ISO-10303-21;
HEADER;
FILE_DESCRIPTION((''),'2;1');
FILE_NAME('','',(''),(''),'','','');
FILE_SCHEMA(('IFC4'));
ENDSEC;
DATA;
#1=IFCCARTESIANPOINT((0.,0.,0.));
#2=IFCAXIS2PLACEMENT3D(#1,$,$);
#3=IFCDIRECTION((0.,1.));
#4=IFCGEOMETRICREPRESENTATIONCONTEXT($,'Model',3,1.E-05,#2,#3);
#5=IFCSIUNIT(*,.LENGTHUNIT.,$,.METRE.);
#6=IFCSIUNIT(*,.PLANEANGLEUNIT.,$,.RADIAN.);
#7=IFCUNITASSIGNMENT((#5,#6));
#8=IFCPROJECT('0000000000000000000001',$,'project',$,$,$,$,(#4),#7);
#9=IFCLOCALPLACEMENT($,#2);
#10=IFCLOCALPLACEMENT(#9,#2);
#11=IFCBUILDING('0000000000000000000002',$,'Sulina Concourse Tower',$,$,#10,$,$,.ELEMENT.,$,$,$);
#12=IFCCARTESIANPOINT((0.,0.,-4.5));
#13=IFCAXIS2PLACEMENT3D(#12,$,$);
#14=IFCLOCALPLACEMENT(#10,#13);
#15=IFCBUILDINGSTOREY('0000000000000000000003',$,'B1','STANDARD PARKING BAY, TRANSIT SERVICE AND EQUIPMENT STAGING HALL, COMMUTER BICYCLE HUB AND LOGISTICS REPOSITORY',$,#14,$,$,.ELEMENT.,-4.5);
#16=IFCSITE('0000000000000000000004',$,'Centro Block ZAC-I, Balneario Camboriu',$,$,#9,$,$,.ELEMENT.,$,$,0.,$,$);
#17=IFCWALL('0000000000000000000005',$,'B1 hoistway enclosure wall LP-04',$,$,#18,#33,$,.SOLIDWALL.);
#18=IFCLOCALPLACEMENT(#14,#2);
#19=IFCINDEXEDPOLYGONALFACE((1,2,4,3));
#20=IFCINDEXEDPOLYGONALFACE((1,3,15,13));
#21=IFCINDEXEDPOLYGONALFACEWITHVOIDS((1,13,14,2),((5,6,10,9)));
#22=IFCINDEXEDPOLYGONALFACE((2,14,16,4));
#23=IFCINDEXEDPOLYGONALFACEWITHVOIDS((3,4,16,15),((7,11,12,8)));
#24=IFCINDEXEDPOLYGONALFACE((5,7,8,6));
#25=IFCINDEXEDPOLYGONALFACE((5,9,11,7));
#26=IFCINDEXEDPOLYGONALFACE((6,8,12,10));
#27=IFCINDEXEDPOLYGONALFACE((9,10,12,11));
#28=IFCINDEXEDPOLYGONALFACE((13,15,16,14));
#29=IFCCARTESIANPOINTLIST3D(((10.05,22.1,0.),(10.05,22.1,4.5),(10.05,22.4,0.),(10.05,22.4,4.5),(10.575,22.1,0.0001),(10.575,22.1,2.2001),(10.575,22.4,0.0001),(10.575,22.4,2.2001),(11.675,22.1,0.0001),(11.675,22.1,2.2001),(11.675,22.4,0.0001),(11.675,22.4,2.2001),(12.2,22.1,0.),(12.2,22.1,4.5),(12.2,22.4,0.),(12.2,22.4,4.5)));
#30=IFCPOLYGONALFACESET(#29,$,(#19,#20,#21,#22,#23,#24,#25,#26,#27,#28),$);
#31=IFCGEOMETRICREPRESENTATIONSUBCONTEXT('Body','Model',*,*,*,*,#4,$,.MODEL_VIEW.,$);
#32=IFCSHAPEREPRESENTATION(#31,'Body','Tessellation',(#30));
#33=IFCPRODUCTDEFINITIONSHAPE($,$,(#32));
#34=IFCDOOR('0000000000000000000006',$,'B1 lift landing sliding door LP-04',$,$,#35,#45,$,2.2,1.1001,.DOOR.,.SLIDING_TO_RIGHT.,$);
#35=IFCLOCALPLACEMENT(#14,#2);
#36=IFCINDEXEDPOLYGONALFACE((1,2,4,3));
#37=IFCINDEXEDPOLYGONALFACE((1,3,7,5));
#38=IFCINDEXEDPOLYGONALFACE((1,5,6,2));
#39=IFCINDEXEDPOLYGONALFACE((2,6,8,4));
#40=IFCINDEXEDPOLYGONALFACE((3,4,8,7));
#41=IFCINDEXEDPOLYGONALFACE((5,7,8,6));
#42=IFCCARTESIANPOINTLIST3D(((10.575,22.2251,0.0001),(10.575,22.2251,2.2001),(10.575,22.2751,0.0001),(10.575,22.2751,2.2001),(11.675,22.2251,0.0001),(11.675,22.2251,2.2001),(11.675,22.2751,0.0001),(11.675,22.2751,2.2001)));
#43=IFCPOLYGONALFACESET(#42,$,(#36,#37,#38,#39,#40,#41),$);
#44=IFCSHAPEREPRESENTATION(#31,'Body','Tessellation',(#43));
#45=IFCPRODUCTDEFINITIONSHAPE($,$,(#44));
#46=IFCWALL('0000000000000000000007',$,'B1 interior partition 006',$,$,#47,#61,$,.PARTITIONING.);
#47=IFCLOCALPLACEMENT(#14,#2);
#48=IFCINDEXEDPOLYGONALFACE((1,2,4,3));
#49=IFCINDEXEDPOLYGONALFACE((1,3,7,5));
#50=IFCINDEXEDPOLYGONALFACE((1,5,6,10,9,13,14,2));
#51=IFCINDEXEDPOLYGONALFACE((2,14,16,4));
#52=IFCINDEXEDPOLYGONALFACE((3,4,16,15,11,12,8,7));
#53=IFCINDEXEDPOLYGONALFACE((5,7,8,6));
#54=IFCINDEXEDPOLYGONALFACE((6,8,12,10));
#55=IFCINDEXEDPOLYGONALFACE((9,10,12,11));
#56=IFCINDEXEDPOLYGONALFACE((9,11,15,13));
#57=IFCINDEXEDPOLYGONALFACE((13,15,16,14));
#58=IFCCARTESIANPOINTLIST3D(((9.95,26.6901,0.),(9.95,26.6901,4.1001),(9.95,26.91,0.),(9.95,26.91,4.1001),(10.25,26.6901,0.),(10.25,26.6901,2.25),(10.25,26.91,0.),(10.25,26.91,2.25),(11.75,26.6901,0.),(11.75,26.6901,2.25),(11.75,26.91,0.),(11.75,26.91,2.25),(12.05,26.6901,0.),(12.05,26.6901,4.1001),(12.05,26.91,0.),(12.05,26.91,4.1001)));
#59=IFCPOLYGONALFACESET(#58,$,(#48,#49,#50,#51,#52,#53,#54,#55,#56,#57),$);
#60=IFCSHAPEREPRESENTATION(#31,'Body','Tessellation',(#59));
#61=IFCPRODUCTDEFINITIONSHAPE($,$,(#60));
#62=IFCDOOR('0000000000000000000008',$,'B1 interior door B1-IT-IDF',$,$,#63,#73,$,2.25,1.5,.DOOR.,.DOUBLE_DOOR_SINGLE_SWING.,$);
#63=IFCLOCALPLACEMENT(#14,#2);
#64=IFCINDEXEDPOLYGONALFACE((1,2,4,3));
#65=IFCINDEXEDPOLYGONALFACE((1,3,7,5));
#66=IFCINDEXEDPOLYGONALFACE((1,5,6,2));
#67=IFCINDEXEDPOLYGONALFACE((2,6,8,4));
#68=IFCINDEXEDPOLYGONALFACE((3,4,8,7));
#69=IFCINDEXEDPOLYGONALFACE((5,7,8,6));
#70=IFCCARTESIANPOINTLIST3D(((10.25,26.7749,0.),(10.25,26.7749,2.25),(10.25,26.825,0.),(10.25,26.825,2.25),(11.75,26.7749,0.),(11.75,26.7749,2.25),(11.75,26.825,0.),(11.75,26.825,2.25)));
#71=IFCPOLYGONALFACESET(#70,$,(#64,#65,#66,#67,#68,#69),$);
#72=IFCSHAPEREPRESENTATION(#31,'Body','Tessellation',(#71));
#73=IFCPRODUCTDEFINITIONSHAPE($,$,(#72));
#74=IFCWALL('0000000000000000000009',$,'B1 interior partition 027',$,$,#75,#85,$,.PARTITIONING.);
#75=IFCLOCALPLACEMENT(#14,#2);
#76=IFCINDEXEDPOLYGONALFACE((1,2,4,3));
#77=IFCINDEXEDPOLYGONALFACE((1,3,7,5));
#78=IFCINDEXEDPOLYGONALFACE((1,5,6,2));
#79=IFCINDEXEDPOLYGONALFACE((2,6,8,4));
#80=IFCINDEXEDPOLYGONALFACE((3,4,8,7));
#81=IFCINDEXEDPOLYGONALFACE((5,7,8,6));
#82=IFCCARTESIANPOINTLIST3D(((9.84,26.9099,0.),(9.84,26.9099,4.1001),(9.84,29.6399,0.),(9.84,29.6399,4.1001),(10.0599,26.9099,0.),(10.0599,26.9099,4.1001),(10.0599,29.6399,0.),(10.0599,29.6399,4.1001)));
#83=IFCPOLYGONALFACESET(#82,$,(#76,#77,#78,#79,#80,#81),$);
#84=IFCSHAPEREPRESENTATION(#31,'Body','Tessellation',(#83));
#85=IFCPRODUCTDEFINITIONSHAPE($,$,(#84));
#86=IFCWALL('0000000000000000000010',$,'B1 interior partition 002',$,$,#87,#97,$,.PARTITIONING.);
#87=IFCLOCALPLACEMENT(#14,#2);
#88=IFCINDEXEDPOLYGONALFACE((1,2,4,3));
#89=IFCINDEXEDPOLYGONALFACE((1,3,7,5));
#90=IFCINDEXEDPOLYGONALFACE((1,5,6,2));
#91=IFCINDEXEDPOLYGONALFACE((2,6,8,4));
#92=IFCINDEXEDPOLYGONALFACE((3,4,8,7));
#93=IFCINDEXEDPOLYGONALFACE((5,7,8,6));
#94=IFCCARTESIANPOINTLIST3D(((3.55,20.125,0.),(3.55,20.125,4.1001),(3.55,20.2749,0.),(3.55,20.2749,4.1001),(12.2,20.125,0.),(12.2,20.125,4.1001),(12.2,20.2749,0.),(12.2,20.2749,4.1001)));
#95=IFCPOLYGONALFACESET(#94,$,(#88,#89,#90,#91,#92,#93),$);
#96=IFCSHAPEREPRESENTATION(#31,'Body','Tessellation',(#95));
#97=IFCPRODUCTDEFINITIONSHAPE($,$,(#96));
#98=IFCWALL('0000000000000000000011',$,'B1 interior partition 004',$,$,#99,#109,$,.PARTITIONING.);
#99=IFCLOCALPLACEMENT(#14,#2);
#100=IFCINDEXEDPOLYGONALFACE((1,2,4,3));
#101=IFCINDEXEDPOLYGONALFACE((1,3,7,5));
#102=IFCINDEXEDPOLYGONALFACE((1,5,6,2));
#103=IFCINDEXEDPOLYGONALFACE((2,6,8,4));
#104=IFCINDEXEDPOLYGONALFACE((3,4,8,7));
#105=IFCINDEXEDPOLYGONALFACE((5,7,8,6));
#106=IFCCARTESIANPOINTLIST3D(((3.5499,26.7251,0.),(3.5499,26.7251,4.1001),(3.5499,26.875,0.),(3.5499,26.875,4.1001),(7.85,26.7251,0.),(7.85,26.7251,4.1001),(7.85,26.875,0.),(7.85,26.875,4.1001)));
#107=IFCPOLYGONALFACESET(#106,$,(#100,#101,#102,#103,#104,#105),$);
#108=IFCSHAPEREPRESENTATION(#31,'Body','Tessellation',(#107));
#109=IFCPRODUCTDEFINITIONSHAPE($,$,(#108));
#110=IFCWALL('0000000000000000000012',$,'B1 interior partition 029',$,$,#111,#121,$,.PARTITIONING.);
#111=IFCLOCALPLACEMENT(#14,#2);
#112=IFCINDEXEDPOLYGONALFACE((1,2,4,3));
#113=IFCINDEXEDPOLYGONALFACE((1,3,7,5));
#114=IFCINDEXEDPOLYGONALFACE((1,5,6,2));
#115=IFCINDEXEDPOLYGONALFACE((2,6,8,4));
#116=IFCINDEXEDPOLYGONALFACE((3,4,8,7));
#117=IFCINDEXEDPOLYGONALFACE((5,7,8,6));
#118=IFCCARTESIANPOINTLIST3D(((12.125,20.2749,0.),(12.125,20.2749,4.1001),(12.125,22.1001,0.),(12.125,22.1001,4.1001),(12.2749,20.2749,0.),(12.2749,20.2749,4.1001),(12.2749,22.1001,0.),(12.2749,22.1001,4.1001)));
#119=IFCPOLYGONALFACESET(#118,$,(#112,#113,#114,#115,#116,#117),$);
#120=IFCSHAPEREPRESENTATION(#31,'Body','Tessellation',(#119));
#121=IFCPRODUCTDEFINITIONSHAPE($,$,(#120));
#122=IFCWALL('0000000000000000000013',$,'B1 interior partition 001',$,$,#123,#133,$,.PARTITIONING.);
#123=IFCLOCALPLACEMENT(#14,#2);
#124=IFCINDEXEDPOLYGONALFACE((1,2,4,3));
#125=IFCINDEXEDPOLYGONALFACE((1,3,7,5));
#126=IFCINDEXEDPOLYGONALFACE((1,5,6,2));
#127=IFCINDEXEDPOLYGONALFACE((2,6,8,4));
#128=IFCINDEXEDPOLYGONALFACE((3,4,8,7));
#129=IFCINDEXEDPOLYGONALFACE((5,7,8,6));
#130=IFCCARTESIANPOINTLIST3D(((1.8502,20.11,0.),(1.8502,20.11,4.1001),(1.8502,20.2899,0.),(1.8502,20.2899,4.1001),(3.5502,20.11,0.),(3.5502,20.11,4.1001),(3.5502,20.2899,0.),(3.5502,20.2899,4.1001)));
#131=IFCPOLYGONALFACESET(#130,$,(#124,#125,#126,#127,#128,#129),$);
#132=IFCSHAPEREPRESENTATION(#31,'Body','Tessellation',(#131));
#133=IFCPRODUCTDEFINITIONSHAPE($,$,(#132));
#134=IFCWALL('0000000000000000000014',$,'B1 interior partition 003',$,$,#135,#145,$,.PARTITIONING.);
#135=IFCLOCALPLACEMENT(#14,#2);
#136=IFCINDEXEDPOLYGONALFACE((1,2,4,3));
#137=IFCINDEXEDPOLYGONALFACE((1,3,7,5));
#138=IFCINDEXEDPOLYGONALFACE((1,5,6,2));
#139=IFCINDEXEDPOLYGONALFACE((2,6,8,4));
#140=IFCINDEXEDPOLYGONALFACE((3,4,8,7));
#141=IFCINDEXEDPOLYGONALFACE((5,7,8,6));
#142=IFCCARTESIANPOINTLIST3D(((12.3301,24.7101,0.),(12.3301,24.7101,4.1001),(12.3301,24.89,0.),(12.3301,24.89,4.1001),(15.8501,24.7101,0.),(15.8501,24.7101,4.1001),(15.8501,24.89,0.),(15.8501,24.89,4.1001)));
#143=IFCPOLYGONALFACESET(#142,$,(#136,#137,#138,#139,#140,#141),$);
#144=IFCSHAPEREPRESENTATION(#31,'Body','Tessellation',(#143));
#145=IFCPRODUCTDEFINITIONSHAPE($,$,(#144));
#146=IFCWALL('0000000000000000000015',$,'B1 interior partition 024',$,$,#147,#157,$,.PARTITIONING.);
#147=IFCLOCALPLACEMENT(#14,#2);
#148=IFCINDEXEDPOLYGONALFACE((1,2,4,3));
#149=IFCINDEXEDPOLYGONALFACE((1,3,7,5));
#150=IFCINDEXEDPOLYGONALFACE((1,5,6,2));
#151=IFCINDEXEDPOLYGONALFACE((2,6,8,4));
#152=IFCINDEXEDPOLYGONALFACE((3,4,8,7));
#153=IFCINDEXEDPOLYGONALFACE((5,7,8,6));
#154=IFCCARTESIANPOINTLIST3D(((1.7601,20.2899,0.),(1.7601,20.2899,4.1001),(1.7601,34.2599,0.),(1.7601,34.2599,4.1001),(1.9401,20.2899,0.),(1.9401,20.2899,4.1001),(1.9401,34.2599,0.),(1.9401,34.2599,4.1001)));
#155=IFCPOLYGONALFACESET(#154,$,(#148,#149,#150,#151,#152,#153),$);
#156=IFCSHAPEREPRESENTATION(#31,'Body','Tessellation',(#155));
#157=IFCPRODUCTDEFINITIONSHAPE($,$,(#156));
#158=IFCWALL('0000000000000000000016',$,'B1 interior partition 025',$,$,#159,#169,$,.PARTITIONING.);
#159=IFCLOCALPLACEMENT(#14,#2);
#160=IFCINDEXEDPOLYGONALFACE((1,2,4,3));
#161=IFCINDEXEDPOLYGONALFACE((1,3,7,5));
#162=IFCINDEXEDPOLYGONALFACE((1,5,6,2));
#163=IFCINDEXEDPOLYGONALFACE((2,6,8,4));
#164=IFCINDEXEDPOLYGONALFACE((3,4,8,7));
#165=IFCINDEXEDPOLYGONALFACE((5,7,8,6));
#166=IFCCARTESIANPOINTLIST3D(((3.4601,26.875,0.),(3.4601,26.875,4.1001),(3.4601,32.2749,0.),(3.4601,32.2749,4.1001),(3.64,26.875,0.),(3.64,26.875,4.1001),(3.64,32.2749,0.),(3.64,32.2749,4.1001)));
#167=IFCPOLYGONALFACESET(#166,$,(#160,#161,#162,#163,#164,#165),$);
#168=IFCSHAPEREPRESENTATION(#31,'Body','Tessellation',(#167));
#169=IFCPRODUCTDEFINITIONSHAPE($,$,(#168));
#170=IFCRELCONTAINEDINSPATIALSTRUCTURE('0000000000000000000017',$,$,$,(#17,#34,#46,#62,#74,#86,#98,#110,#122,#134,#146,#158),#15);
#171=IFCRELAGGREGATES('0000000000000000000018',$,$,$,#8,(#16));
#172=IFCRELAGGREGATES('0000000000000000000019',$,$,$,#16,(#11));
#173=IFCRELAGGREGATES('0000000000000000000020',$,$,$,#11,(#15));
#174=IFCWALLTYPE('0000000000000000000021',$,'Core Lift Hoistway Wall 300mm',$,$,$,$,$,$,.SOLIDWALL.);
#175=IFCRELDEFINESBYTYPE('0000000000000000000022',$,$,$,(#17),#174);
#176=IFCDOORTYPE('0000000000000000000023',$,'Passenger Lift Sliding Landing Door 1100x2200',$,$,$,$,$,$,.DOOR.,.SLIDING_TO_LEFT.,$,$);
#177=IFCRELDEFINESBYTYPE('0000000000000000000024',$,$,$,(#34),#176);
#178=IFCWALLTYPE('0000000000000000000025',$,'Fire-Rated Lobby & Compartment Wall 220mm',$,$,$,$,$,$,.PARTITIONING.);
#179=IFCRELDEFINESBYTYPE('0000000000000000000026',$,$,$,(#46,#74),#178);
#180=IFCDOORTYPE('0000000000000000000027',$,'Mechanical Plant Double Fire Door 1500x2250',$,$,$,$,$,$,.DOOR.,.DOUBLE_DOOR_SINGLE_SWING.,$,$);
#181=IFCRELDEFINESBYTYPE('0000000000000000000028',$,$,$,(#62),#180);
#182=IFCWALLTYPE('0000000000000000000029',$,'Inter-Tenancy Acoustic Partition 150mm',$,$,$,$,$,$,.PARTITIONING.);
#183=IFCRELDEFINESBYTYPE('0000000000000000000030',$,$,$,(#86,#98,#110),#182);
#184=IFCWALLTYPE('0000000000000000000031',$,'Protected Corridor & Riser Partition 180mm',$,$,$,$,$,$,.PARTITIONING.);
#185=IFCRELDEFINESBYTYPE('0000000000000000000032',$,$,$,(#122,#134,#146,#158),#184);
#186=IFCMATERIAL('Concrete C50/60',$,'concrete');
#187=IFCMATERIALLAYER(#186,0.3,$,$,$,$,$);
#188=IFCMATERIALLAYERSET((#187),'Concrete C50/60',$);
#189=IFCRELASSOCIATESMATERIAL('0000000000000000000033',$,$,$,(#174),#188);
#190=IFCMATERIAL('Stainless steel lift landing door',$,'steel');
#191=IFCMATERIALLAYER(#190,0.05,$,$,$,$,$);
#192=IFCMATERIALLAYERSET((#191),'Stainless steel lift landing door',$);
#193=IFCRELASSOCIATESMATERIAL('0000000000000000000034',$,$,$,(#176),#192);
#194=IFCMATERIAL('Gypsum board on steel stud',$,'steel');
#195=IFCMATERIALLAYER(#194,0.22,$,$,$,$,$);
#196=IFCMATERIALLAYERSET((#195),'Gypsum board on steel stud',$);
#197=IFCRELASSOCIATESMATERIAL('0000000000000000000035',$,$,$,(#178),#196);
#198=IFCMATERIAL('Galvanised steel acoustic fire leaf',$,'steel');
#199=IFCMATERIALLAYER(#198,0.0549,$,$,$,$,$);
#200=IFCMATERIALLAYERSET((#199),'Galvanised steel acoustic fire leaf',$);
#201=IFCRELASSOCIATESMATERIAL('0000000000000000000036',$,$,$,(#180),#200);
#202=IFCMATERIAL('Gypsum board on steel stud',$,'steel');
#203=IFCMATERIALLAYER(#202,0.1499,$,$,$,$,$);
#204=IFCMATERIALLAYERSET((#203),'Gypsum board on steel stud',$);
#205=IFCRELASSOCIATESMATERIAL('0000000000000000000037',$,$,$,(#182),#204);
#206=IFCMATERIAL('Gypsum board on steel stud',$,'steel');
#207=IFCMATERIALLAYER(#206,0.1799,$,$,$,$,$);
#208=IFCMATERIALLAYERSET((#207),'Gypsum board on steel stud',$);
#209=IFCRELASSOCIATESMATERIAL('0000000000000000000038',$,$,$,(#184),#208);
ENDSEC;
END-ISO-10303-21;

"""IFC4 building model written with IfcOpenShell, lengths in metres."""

from ifc_helpers import new_model, si_unit, direction, frame, frame_2d, origin, place, context, subcontext, project, spatial, rectangle, extrude, material, layer, layer_set, type_object, element, fill, save


model = new_model("IFC4")

# Units and contexts
model_context = context("Model", 3, precision=1e-05, world=origin(), true_north=direction((0.0, 1.0)))
body_context = subcontext(model_context, "Body", "Model", "MODEL_VIEW")
ifc_project = project(units=[si_unit("LENGTHUNIT", "METRE"), si_unit("PLANEANGLEUNIT", "RADIAN")], contexts=[model_context])

# Site, building, storey
site_placement = place(None, origin())
site = spatial("IfcSite", under=ifc_project, at=site_placement, Name="Centro Block ZAC-I, Balneario Camboriu", CompositionType="ELEMENT", RefElevation=0.0)
building_placement = place(site_placement, origin())
building = spatial("IfcBuilding", under=site, at=building_placement, Name="Sulina Concourse Tower", CompositionType="ELEMENT")
storey_placement = place(building_placement, frame((0.0, 0.0, -4.5)))
storey = spatial("IfcBuildingStorey", under=building, at=storey_placement, Name="B1", Description="STANDARD PARKING BAY, TRANSIT SERVICE AND EQUIPMENT STAGING HALL, COMMUTER BICYCLE HUB AND LOGISTICS REPOSITORY", CompositionType="ELEMENT", Elevation=-4.5)

# Walls, openings, doors
ifc_material_1 = material(Name="Concrete C50/60", Category="concrete")
ifc_layer_1 = layer(ifc_material_1, 0.3)
ifc_layer_set_1 = layer_set([ifc_layer_1], Name="Concrete C50/60")
wall_type_1 = type_object("IfcWallType", Name="Core Lift Hoistway Wall 300mm", PredefinedType="SOLIDWALL", material=ifc_layer_set_1)
ifc_material_2 = material(Name="Stainless steel lift landing door", Category="steel")
ifc_layer_2 = layer(ifc_material_2, 0.05)
ifc_layer_set_2 = layer_set([ifc_layer_2], Name="Stainless steel lift landing door")
door_type_1 = type_object("IfcDoorType", Name="Passenger Lift Sliding Landing Door 1100x2200", OperationType="SLIDING_TO_LEFT", PredefinedType="DOOR", material=ifc_layer_set_2)
wall_1_placement = place(storey_placement, frame((12.2, 22.25, 0.0), z_axis=(0.0, 0.0, 1.0), x_axis=(-1.0, 0.0, 0.0)))
wall_1 = element("IfcWall", 1, at=wall_1_placement, inside=storey, type_object=wall_type_1, Name="B1 hoistway enclosure wall LP-04", PredefinedType="SOLIDWALL", context=body_context, shape_type="SweptSolid", body=[
    extrude(rectangle(XDim=2.1499, YDim=0.3, at=frame_2d((1.075, 0.0))), origin(), (0.0, 0.0, 1.0), 4.5),
])
opening_1_placement = place(wall_1_placement, frame((0.5249, 0.0, 0.0)))
opening_1 = element("IfcOpeningElement", 2, at=opening_1_placement, cuts=wall_1, PredefinedType="OPENING", context=body_context, shape_type="SweptSolid", body=[
    extrude(rectangle(XDim=1.1001, YDim=2.2, at=frame_2d((0.55, 1.1001))), frame((0.0, 0.1599, 0.0), z_axis=(0.0, -1.0, 0.0), x_axis=(1.0, 0.0, 0.0)), (0.0, 0.0, 1.0), 0.3201),
])
door_1_placement = place(opening_1_placement, origin())
door_1 = element("IfcDoor", 3, at=door_1_placement, inside=storey, type_object=door_type_1, Name="B1 lift landing sliding door LP-04", OperationType="SLIDING_TO_RIGHT", OverallHeight=2.2, OverallWidth=1.1001, PredefinedType="DOOR", context=body_context, shape_type="SweptSolid", body=[
    extrude(rectangle(XDim=1.1001, YDim=2.2, at=frame_2d((0.55, 1.1001))), frame((0.0, 0.0249, 0.0), z_axis=(0.0, -1.0, 0.0), x_axis=(1.0, 0.0, 0.0)), (0.0, 0.0, 1.0), 0.05),
])
fill(opening_1, door_1)
ifc_material_3 = material(Name="Gypsum board on steel stud", Category="steel")
ifc_layer_3 = layer(ifc_material_3, 0.22)
ifc_layer_set_3 = layer_set([ifc_layer_3], Name="Gypsum board on steel stud")
wall_type_2 = type_object("IfcWallType", Name="Fire-Rated Lobby & Compartment Wall 220mm", PredefinedType="PARTITIONING", material=ifc_layer_set_3)
wall_2_placement = place(storey_placement, frame((9.95, 26.8, 0.0), z_axis=(0.0, 0.0, 1.0), x_axis=(1.0, 0.0, 0.0)))
wall_2 = element("IfcWall", 4, at=wall_2_placement, inside=storey, type_object=wall_type_2, Name="B1 interior partition 006", PredefinedType="PARTITIONING", context=body_context, shape_type="SweptSolid", body=[
    extrude(rectangle(XDim=2.1001, YDim=0.22, at=frame_2d((1.05, 0.0))), origin(), (0.0, 0.0, 1.0), 4.1001),
])
opening_2_placement = place(wall_2_placement, frame((0.3, 0.0, 0.0)))
opening_2 = element("IfcOpeningElement", 5, at=opening_2_placement, cuts=wall_2, PredefinedType="OPENING", context=body_context, shape_type="SweptSolid", body=[
    extrude(rectangle(XDim=1.5, YDim=2.25, at=frame_2d((0.75, 1.125))), frame((0.0, 0.1199, 0.0), z_axis=(0.0, -1.0, 0.0), x_axis=(1.0, 0.0, 0.0)), (0.0, 0.0, 1.0), 0.24),
])
ifc_material_4 = material(Name="Galvanised steel acoustic fire leaf", Category="steel")
ifc_layer_4 = layer(ifc_material_4, 0.0549)
ifc_layer_set_4 = layer_set([ifc_layer_4], Name="Galvanised steel acoustic fire leaf")
door_type_2 = type_object("IfcDoorType", Name="Mechanical Plant Double Fire Door 1500x2250", OperationType="DOUBLE_DOOR_SINGLE_SWING", PredefinedType="DOOR", material=ifc_layer_set_4)
door_2_placement = place(opening_2_placement, origin())
door_2 = element("IfcDoor", 6, at=door_2_placement, inside=storey, type_object=door_type_2, Name="B1 interior door B1-IT-IDF", OperationType="DOUBLE_DOOR_SINGLE_SWING", OverallHeight=2.25, OverallWidth=1.5, PredefinedType="DOOR", context=body_context, shape_type="SweptSolid", body=[
    extrude(rectangle(XDim=1.5, YDim=2.25, at=frame_2d((0.75, 1.125))), frame((0.0, 0.0249, 0.0), z_axis=(0.0, -1.0, 0.0), x_axis=(1.0, 0.0, 0.0)), (0.0, 0.0, 1.0), 0.05),
])
fill(opening_2, door_2)

# Walls
wall_3_placement = place(storey_placement, frame((9.95, 26.9099, 0.0), z_axis=(0.0, 0.0, 1.0), x_axis=(0.0, 1.0, 0.0)))
element("IfcWall", 7, at=wall_3_placement, inside=storey, type_object=wall_type_2, Name="B1 interior partition 027", PredefinedType="PARTITIONING", context=body_context, shape_type="SweptSolid", body=[
    extrude(rectangle(XDim=2.73, YDim=0.22, at=frame_2d((1.365, 0.0))), origin(), (0.0, 0.0, 1.0), 4.1001),
])
ifc_material_5 = material(Name="Gypsum board on steel stud", Category="steel")
ifc_layer_5 = layer(ifc_material_5, 0.1499)
ifc_layer_set_5 = layer_set([ifc_layer_5], Name="Gypsum board on steel stud")
wall_type_3 = type_object("IfcWallType", Name="Inter-Tenancy Acoustic Partition 150mm", PredefinedType="PARTITIONING", material=ifc_layer_set_5)
wall_4_placement = place(storey_placement, frame((3.55, 20.2, 0.0), z_axis=(0.0, 0.0, 1.0), x_axis=(1.0, 0.0, 0.0)))
element("IfcWall", 8, at=wall_4_placement, inside=storey, type_object=wall_type_3, Name="B1 interior partition 002", PredefinedType="PARTITIONING", context=body_context, shape_type="SweptSolid", body=[
    extrude(rectangle(XDim=8.6499, YDim=0.1499, at=frame_2d((4.325, 0.0))), origin(), (0.0, 0.0, 1.0), 4.1001),
])
wall_5_placement = place(storey_placement, frame((3.55, 26.8, 0.0), z_axis=(0.0, 0.0, 1.0), x_axis=(1.0, 0.0, 0.0)))
element("IfcWall", 9, at=wall_5_placement, inside=storey, type_object=wall_type_3, Name="B1 interior partition 004", PredefinedType="PARTITIONING", context=body_context, shape_type="SweptSolid", body=[
    extrude(rectangle(XDim=4.3, YDim=0.1499, at=frame_2d((2.1499, 0.0))), origin(), (0.0, 0.0, 1.0), 4.1001),
])
wall_6_placement = place(storey_placement, frame((12.2, 20.2749, 0.0), z_axis=(0.0, 0.0, 1.0), x_axis=(0.0, 1.0, 0.0)))
element("IfcWall", 10, at=wall_6_placement, inside=storey, type_object=wall_type_3, Name="B1 interior partition 029", PredefinedType="PARTITIONING", context=body_context, shape_type="SweptSolid", body=[
    extrude(rectangle(XDim=1.8252, YDim=0.1499, at=frame_2d((0.9126, 0.0))), origin(), (0.0, 0.0, 1.0), 4.1001),
])
ifc_material_6 = material(Name="Gypsum board on steel stud", Category="steel")
ifc_layer_6 = layer(ifc_material_6, 0.1799)
ifc_layer_set_6 = layer_set([ifc_layer_6], Name="Gypsum board on steel stud")
wall_type_4 = type_object("IfcWallType", Name="Protected Corridor & Riser Partition 180mm", PredefinedType="PARTITIONING", material=ifc_layer_set_6)
wall_7_placement = place(storey_placement, frame((1.8501, 20.2, 0.0), z_axis=(0.0, 0.0, 1.0), x_axis=(1.0, 0.0, 0.0)))
element("IfcWall", 11, at=wall_7_placement, inside=storey, type_object=wall_type_4, Name="B1 interior partition 001", PredefinedType="PARTITIONING", context=body_context, shape_type="SweptSolid", body=[
    extrude(rectangle(XDim=1.7, YDim=0.1799, at=frame_2d((0.8501, 0.0))), origin(), (0.0, 0.0, 1.0), 4.1001),
])
wall_8_placement = place(storey_placement, frame((12.3301, 24.8, 0.0), z_axis=(0.0, 0.0, 1.0), x_axis=(1.0, 0.0, 0.0)))
element("IfcWall", 12, at=wall_8_placement, inside=storey, type_object=wall_type_4, Name="B1 interior partition 003", PredefinedType="PARTITIONING", context=body_context, shape_type="SweptSolid", body=[
    extrude(rectangle(XDim=3.52, YDim=0.1799, at=frame_2d((1.76, 0.0))), origin(), (0.0, 0.0, 1.0), 4.1001),
])
wall_9_placement = place(storey_placement, frame((1.8501, 20.29, 0.0), z_axis=(0.0, 0.0, 1.0), x_axis=(0.0, 1.0, 0.0)))
element("IfcWall", 13, at=wall_9_placement, inside=storey, type_object=wall_type_4, Name="B1 interior partition 024", PredefinedType="PARTITIONING", context=body_context, shape_type="SweptSolid", body=[
    extrude(rectangle(XDim=13.97, YDim=0.1799, at=frame_2d((6.9849, 0.0))), origin(), (0.0, 0.0, 1.0), 4.1001),
])
wall_10_placement = place(storey_placement, frame((3.55, 26.875, 0.0), z_axis=(0.0, 0.0, 1.0), x_axis=(0.0, 1.0, 0.0)))
element("IfcWall", 14, at=wall_10_placement, inside=storey, type_object=wall_type_4, Name="B1 interior partition 025", PredefinedType="PARTITIONING", context=body_context, shape_type="SweptSolid", body=[
    extrude(rectangle(XDim=5.3999, YDim=0.1799, at=frame_2d((2.7, 0.0))), origin(), (0.0, 0.0, 1.0), 4.1001),
])

save(model, "model.ifc")
